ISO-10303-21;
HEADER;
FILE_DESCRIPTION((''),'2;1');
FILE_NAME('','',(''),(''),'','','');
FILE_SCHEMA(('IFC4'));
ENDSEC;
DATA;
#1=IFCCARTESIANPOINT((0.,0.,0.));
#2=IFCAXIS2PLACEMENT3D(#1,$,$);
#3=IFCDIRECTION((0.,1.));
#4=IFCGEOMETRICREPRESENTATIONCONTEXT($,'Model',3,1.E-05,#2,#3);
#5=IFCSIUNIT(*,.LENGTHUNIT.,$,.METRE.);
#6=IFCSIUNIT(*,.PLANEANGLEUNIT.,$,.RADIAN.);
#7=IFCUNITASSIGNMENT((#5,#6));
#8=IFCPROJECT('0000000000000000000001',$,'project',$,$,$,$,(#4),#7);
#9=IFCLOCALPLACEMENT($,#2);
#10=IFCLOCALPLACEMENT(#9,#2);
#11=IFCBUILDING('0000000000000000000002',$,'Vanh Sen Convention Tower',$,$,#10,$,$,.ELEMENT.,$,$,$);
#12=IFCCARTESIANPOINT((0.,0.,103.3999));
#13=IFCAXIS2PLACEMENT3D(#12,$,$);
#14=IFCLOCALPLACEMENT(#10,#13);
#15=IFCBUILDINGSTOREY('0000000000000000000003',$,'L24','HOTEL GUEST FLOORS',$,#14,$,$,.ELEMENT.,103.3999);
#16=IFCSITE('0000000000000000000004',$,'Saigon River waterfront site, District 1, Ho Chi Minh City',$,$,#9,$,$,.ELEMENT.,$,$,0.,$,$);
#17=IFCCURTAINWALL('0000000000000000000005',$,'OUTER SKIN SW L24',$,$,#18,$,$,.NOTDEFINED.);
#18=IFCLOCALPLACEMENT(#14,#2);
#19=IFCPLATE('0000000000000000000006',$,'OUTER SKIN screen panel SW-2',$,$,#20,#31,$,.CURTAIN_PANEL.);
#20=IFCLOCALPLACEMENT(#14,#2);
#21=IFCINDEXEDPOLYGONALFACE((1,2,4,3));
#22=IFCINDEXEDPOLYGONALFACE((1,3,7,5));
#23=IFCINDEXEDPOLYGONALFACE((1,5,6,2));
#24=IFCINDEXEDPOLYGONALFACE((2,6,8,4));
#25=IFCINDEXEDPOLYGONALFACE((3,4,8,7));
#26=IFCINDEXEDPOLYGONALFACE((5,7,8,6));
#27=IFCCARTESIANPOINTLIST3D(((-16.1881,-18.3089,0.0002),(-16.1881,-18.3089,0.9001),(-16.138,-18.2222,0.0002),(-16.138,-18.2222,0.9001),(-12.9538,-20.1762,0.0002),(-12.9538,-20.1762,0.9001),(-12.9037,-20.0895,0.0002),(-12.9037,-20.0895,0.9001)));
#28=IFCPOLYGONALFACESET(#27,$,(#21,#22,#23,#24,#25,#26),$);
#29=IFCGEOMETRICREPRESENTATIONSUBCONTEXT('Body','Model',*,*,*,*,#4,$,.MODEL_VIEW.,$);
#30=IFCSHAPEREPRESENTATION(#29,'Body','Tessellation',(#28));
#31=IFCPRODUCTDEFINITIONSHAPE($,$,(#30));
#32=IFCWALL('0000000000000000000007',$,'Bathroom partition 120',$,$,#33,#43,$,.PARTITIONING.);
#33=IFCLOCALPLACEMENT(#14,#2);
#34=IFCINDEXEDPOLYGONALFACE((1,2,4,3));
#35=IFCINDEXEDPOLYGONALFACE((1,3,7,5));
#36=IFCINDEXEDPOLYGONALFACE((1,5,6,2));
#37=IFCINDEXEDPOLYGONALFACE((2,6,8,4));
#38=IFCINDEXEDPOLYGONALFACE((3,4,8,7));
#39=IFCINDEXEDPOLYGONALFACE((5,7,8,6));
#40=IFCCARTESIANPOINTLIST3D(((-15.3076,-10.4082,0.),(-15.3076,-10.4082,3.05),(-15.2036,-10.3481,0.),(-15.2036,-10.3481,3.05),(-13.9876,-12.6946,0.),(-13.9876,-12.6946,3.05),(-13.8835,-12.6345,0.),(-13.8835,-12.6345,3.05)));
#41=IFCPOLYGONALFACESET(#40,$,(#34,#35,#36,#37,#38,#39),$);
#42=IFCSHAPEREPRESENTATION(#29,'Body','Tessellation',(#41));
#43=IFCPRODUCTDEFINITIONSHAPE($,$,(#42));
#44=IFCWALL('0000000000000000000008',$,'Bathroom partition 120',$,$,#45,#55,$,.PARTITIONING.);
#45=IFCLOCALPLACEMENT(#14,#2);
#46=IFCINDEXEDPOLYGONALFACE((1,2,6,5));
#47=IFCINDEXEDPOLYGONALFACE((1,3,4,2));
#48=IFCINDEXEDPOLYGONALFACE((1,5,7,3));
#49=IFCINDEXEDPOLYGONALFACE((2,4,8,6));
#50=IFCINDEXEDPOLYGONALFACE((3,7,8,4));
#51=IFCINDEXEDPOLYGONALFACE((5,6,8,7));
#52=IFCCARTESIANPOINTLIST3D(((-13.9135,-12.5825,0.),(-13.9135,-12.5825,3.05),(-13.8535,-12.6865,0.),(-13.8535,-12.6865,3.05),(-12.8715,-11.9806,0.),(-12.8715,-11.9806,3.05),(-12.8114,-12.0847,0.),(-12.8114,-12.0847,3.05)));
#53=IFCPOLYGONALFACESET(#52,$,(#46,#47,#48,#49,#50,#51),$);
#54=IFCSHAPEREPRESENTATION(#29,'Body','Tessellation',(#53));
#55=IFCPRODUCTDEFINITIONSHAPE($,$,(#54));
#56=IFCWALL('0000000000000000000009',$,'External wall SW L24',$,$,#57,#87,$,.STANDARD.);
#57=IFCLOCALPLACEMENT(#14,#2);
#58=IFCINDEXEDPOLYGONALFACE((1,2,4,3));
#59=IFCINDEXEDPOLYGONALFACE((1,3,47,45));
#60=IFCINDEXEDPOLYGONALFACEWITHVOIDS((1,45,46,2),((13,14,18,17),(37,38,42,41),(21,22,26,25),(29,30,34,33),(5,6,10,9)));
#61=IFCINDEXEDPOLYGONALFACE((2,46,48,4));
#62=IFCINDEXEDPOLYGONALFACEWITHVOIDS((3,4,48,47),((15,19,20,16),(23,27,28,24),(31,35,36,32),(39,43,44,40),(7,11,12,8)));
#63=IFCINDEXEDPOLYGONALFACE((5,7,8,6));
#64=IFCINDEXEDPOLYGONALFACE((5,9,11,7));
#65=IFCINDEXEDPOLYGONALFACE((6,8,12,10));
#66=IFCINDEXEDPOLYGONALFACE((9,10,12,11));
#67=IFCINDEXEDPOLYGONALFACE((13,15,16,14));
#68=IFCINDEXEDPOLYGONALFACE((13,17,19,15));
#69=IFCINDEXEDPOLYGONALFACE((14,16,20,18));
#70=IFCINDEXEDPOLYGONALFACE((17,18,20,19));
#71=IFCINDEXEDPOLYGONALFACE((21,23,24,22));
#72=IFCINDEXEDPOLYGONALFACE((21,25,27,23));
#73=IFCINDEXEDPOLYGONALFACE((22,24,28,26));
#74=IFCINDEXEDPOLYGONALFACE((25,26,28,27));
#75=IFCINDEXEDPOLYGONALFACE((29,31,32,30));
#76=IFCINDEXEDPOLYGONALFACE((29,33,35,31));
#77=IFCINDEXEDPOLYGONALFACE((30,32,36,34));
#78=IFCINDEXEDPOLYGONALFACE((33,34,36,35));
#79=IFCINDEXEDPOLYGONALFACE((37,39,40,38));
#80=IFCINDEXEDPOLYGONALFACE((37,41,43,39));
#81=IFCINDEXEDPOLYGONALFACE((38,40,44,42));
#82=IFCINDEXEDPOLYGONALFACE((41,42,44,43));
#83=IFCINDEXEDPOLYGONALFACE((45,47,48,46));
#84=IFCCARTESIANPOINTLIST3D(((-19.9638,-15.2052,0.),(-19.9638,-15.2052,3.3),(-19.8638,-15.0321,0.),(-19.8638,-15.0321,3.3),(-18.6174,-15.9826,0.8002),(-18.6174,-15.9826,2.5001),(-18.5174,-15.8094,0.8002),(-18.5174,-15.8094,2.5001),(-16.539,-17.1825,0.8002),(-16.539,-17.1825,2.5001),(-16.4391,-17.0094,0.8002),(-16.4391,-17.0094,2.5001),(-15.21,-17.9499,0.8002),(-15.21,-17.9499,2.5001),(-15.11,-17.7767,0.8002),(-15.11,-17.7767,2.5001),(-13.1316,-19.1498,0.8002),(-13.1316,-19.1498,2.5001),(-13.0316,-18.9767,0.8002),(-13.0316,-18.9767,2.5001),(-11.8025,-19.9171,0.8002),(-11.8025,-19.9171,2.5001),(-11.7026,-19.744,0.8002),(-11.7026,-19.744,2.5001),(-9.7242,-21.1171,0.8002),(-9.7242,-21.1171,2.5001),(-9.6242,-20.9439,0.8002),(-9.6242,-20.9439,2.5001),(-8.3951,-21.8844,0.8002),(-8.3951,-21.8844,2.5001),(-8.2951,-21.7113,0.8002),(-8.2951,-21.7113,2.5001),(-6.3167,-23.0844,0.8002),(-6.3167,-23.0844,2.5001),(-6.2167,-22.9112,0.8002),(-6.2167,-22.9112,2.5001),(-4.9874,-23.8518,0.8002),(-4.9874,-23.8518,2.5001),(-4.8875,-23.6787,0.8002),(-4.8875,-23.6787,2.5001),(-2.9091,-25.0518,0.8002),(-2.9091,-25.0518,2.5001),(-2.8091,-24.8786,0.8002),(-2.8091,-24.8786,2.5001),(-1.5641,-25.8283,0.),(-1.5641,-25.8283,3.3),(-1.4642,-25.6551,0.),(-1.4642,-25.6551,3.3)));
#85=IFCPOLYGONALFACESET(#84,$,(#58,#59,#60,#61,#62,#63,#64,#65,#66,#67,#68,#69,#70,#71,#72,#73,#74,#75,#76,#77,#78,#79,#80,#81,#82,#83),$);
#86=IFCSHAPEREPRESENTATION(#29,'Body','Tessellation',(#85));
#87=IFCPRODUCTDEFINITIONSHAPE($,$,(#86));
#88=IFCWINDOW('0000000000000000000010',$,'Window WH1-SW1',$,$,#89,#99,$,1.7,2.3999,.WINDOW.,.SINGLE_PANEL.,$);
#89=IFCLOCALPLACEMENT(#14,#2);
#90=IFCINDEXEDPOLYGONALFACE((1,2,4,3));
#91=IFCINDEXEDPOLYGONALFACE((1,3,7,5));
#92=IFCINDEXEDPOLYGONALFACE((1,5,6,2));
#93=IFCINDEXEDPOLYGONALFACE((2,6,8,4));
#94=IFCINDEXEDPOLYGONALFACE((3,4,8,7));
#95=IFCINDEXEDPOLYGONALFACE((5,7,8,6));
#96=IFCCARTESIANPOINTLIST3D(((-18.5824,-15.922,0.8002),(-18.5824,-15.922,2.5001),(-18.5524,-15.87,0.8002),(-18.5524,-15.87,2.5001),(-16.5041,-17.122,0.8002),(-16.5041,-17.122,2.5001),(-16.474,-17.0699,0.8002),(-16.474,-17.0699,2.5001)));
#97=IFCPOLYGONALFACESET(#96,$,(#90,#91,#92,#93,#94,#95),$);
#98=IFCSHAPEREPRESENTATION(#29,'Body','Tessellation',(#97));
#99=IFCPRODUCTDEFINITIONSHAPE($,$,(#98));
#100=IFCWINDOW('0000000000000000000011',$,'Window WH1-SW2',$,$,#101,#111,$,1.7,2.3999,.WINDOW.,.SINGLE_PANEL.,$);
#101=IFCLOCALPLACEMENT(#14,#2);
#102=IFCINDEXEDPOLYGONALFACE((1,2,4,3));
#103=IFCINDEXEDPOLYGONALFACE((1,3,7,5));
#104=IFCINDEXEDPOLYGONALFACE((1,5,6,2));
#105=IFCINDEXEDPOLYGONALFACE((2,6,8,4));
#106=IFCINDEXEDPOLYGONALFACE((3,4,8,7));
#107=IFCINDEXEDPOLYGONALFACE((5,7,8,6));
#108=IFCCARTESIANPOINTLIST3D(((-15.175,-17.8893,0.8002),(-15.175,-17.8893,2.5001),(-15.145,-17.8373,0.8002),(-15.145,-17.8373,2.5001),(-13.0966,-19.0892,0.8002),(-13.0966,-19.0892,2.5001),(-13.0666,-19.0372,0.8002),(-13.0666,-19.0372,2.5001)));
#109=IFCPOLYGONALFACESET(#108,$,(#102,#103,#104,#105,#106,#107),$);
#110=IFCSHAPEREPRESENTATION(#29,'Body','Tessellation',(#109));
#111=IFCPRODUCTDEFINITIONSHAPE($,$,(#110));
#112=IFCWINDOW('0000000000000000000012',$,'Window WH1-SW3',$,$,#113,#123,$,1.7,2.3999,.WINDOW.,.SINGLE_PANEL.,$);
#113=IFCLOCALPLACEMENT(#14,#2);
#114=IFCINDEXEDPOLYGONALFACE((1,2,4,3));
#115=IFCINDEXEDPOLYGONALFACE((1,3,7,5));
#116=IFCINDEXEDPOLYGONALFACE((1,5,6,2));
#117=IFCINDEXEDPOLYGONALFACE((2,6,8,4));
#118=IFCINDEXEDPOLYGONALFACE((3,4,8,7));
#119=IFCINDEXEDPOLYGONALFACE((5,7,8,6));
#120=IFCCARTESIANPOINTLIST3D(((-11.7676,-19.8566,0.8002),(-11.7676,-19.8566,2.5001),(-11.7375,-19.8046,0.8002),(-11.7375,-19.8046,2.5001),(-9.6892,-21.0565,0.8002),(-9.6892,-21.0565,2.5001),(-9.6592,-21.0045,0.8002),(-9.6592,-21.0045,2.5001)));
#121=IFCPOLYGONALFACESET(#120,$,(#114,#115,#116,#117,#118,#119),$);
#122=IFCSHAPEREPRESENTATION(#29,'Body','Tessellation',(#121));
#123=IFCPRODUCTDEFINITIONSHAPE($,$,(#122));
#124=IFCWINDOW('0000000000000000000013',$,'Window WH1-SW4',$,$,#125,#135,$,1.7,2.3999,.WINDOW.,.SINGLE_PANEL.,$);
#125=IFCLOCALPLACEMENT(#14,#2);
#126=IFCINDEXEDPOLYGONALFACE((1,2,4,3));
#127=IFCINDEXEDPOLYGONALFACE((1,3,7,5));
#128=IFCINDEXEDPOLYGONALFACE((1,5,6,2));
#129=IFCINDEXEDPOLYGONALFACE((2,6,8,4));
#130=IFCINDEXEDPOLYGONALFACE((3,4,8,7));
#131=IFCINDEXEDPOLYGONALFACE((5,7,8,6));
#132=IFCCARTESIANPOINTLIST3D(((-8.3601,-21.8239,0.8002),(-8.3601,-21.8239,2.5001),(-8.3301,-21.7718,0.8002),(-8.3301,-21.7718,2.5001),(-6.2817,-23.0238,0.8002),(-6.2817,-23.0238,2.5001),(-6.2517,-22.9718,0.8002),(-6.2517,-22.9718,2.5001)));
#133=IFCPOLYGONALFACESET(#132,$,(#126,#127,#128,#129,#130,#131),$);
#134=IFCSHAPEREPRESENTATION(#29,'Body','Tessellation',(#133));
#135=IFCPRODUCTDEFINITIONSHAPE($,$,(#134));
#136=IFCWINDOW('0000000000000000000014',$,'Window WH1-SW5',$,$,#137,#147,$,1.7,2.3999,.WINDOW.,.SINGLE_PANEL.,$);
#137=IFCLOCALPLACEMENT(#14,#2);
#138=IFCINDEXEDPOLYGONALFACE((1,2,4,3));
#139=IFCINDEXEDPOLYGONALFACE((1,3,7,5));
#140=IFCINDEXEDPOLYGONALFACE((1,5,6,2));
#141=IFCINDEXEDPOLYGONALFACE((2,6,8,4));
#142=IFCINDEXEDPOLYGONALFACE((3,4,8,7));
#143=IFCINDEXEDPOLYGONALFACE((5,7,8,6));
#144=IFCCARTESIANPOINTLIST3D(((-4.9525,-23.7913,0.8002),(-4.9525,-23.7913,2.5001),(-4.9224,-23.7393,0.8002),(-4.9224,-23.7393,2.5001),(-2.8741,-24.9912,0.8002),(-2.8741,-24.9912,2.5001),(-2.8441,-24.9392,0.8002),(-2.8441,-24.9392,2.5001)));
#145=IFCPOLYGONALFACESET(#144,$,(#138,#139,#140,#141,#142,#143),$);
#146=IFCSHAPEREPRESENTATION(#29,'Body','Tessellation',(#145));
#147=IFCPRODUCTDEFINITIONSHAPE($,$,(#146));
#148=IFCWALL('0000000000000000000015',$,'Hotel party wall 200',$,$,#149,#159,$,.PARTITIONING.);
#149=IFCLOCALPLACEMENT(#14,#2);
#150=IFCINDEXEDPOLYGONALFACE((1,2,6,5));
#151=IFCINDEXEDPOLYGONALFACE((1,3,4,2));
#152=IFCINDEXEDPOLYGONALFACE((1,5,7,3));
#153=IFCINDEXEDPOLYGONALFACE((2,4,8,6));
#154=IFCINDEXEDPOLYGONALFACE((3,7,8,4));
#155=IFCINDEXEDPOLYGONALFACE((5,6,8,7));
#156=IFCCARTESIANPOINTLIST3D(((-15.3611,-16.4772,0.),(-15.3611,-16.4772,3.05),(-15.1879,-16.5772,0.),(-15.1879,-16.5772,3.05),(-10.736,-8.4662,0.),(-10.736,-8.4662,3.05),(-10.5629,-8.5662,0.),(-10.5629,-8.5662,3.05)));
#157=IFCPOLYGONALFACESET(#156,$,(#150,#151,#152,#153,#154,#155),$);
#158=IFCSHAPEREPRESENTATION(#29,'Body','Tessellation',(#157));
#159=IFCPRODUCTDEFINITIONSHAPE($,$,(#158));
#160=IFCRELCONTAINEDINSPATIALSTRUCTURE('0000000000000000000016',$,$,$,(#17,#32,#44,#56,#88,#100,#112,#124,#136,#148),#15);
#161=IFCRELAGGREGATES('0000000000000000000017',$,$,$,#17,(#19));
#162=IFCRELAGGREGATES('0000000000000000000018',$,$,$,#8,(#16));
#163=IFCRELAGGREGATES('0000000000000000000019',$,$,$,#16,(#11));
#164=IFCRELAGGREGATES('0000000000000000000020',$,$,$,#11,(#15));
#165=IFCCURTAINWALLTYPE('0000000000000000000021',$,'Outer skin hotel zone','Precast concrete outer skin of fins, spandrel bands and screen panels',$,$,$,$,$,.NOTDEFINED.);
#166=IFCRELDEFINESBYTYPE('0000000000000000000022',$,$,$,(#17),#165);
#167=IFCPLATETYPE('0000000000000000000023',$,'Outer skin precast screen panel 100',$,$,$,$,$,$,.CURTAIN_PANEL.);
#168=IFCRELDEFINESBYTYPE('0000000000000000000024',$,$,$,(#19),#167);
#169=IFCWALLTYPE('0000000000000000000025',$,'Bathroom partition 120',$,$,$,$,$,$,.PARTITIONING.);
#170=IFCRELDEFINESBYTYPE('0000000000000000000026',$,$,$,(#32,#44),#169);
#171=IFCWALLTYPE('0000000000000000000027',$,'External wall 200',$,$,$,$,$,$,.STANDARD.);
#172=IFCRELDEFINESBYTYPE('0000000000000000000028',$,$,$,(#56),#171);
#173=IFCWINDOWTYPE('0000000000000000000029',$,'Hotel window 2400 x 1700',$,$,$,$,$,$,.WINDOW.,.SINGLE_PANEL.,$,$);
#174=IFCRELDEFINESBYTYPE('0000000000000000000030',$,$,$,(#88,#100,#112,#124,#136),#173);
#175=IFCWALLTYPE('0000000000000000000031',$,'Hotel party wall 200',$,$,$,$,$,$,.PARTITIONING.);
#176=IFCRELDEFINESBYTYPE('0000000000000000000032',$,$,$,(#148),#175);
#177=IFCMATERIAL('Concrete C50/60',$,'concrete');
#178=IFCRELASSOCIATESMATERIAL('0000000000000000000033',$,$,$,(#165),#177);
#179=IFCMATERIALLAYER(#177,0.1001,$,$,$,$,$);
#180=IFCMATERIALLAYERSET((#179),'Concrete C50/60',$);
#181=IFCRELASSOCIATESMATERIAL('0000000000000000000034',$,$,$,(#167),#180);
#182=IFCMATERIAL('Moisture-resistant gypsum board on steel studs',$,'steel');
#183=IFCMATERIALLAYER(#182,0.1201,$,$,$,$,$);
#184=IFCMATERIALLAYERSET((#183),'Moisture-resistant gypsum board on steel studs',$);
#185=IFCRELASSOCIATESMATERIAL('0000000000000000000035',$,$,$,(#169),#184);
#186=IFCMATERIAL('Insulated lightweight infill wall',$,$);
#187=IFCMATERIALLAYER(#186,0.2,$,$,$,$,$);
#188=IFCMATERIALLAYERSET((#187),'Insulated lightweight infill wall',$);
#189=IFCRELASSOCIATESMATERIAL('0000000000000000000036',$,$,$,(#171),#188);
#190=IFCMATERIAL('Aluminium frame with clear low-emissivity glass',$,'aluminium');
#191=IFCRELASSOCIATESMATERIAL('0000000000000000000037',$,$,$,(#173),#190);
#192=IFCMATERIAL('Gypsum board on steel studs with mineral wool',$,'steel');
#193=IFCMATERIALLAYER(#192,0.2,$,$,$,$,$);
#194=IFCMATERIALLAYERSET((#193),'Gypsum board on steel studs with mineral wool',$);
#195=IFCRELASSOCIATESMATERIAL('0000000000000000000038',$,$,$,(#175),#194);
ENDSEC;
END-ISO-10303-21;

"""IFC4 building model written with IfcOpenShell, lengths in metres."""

from ifc_helpers import new_model, si_unit, direction, frame, frame_2d, origin, origin_2d, place, context, subcontext, project, spatial, rectangle, extrude, material, layer, layer_set, type_object, element, fill, aggregate, save


model = new_model("IFC4")

# Units and contexts
model_context = context("Model", 3, precision=1e-05, world=origin(), true_north=direction((0.0, 1.0)))
body_context = subcontext(model_context, "Body", "Model", "MODEL_VIEW")
ifc_project = project(units=[si_unit("LENGTHUNIT", "METRE"), si_unit("PLANEANGLEUNIT", "RADIAN")], contexts=[model_context])

# Site, building, storey
site_placement = place(None, origin())
site = spatial("IfcSite", under=ifc_project, at=site_placement, Name="Saigon River waterfront site, District 1, Ho Chi Minh City", CompositionType="ELEMENT", RefElevation=0.0)
building_placement = place(site_placement, origin())
building = spatial("IfcBuilding", under=site, at=building_placement, Name="Vanh Sen Convention Tower", CompositionType="ELEMENT")
storey_placement = place(building_placement, frame((0.0, 0.0, 103.3999)))
storey = spatial("IfcBuildingStorey", under=building, at=storey_placement, Name="L24", Description="HOTEL GUEST FLOORS", CompositionType="ELEMENT", Elevation=103.3999)

# Curtain wall
ifc_material_1 = material(Name="Concrete C50/60", Category="concrete")
curtain_wall_type = type_object("IfcCurtainWallType", Name="Outer skin hotel zone", Description="Precast concrete outer skin of fins, spandrel bands and screen panels", PredefinedType="NOTDEFINED", material=ifc_material_1)
curtain_wall_1_placement = place(storey_placement, origin())
curtain_wall_1 = element("IfcCurtainWall", 1, at=curtain_wall_1_placement, inside=storey, type_object=curtain_wall_type, Name="OUTER SKIN SW L24", PredefinedType="NOTDEFINED")

# Shared definitions
ifc_layer_1 = layer(ifc_material_1, 0.1001)
ifc_layer_set_1 = layer_set([ifc_layer_1], Name="Concrete C50/60")
plate_type = type_object("IfcPlateType", Name="Outer skin precast screen panel 100", PredefinedType="CURTAIN_PANEL", material=ifc_layer_set_1)

# Plate
plate_1_placement = place(storey_placement, frame((-14.5459, -19.1992, 0.0002), z_axis=(0.0, 0.0, 1.0), x_axis=(0.866032, -0.499988, 0.0)))
plate_1 = element("IfcPlate", 2, at=plate_1_placement, type_object=plate_type, Name="OUTER SKIN screen panel SW-2", PredefinedType="CURTAIN_PANEL", context=body_context, shape_type="SweptSolid", body=[
    extrude(rectangle(XDim=3.7346, YDim=0.1001, at=origin_2d()), origin(), (0.0, 0.0, 1.0), 0.8999),
])
aggregate(curtain_wall_1, [plate_1])

# Walls
ifc_material_2 = material(Name="Moisture-resistant gypsum board on steel studs", Category="steel")
ifc_layer_2 = layer(ifc_material_2, 0.1201)
ifc_layer_set_2 = layer_set([ifc_layer_2], Name="Moisture-resistant gypsum board on steel studs")
wall_type_1 = type_object("IfcWallType", Name="Bathroom partition 120", PredefinedType="PARTITIONING", material=ifc_layer_set_2)
wall_1_placement = place(storey_placement, frame((-13.9355, -12.6646, 0.0), z_axis=(0.0, 0.0, 1.0), x_axis=(-0.500008, 0.866021, 0.0)))
element("IfcWall", 3, at=wall_1_placement, inside=storey, type_object=wall_type_1, Name="Bathroom partition 120", PredefinedType="PARTITIONING", context=body_context, shape_type="SweptSolid", body=[
    extrude(rectangle(XDim=2.6401, YDim=0.1201, at=frame_2d((1.3201, 0.0))), origin(), (0.0, 0.0, 1.0), 3.05),
])
wall_2_placement = place(storey_placement, frame((-12.8416, -12.0327, 0.0), z_axis=(0.0, 0.0, 1.0), x_axis=(-0.865949, -0.500132, 0.0)))
element("IfcWall", 4, at=wall_2_placement, inside=storey, type_object=wall_type_1, Name="Bathroom partition 120", PredefinedType="PARTITIONING", context=body_context, shape_type="SweptSolid", body=[
    extrude(rectangle(XDim=1.2034, YDim=0.1201, at=frame_2d((0.6016, 0.0))), origin(), (0.0, 0.0, 1.0), 3.05),
])

# Wall, openings, windows
ifc_material_3 = material(Name="Insulated lightweight infill wall")
ifc_layer_3 = layer(ifc_material_3, 0.2)
ifc_layer_set_3 = layer_set([ifc_layer_3], Name="Insulated lightweight infill wall")
wall_type_2 = type_object("IfcWallType", Name="External wall 200", PredefinedType="STANDARD", material=ifc_layer_set_3)
wall_3_placement = place(storey_placement, frame((-19.9138, -15.1187, 0.0), z_axis=(0.0, 0.0, 1.0), x_axis=(0.866025, -0.5, 0.0)))
wall_3 = element("IfcWall", 5, at=wall_3_placement, inside=storey, type_object=wall_type_2, Name="External wall SW L24", PredefinedType="STANDARD", context=body_context, shape_type="SweptSolid", body=[
    extrude(rectangle(XDim=21.2461, YDim=0.2, at=frame_2d((10.623, 0.0))), origin(), (0.0, 0.0, 1.0), 3.3),
])
opening_1_placement = place(wall_3_placement, frame((1.5547, 0.0, 0.8)))
opening_1 = element("IfcOpeningElement", 6, at=opening_1_placement, cuts=wall_3, PredefinedType="OPENING", context=body_context, shape_type="SweptSolid", body=[
    extrude(rectangle(XDim=2.3999, YDim=1.7, at=frame_2d((1.2, 0.8501))), frame((0.0, 0.1099, 0.0), z_axis=(0.0, -1.0, 0.0), x_axis=(1.0, 0.0, 0.0)), (0.0, 0.0, 1.0), 0.22),
])
opening_2_placement = place(wall_3_placement, frame((5.4893, 0.0, 0.8)))
opening_2 = element("IfcOpeningElement", 7, at=opening_2_placement, cuts=wall_3, PredefinedType="OPENING", context=body_context, shape_type="SweptSolid", body=[
    extrude(rectangle(XDim=2.3999, YDim=1.7, at=frame_2d((1.2, 0.8501))), frame((0.0, 0.1099, 0.0), z_axis=(0.0, -1.0, 0.0), x_axis=(1.0, 0.0, 0.0)), (0.0, 0.0, 1.0), 0.22),
])
opening_3_placement = place(wall_3_placement, frame((9.4238, 0.0, 0.8)))
opening_3 = element("IfcOpeningElement", 8, at=opening_3_placement, cuts=wall_3, PredefinedType="OPENING", context=body_context, shape_type="SweptSolid", body=[
    extrude(rectangle(XDim=2.3999, YDim=1.7, at=frame_2d((1.2, 0.8501))), frame((0.0, 0.1099, 0.0), z_axis=(0.0, -1.0, 0.0), x_axis=(1.0, 0.0, 0.0)), (0.0, 0.0, 1.0), 0.22),
])
opening_4_placement = place(wall_3_placement, frame((13.3584, 0.0, 0.8)))
opening_4 = element("IfcOpeningElement", 9, at=opening_4_placement, cuts=wall_3, PredefinedType="OPENING", context=body_context, shape_type="SweptSolid", body=[
    extrude(rectangle(XDim=2.3999, YDim=1.7, at=frame_2d((1.2, 0.8501))), frame((0.0, 0.1099, 0.0), z_axis=(0.0, -1.0, 0.0), x_axis=(1.0, 0.0, 0.0)), (0.0, 0.0, 1.0), 0.22),
])
opening_5_placement = place(wall_3_placement, frame((17.2932, 0.0, 0.8)))
opening_5 = element("IfcOpeningElement", 10, at=opening_5_placement, cuts=wall_3, PredefinedType="OPENING", context=body_context, shape_type="SweptSolid", body=[
    extrude(rectangle(XDim=2.3999, YDim=1.7, at=frame_2d((1.2, 0.8501))), frame((0.0, 0.1099, 0.0), z_axis=(0.0, -1.0, 0.0), x_axis=(1.0, 0.0, 0.0)), (0.0, 0.0, 1.0), 0.22),
])
ifc_material_4 = material(Name="Aluminium frame with clear low-emissivity glass", Category="aluminium")
window_type = type_object("IfcWindowType", Name="Hotel window 2400 x 1700", PartitioningType="SINGLE_PANEL", PredefinedType="WINDOW", material=ifc_material_4)
window_1_placement = place(opening_1_placement, origin())
window_1 = element("IfcWindow", 11, at=window_1_placement, inside=storey, type_object=window_type, Name="Window WH1-SW1", OverallHeight=1.7, OverallWidth=2.3999, PartitioningType="SINGLE_PANEL", PredefinedType="WINDOW", context=body_context, shape_type="SweptSolid", body=[
    extrude(rectangle(XDim=2.3999, YDim=1.7, at=frame_2d((1.2, 0.8501))), frame((0.0, 0.03, 0.0), z_axis=(0.0, -1.0, 0.0), x_axis=(1.0, 0.0, 0.0)), (0.0, 0.0, 1.0), 0.0601),
])
fill(opening_1, window_1)
window_2_placement = place(opening_2_placement, origin())
window_2 = element("IfcWindow", 12, at=window_2_placement, inside=storey, type_object=window_type, Name="Window WH1-SW2", OverallHeight=1.7, OverallWidth=2.3999, PartitioningType="SINGLE_PANEL", PredefinedType="WINDOW", context=body_context, shape_type="SweptSolid", body=[
    extrude(rectangle(XDim=2.3999, YDim=1.7, at=frame_2d((1.2, 0.8501))), frame((0.0, 0.03, 0.0), z_axis=(0.0, -1.0, 0.0), x_axis=(1.0, 0.0, 0.0)), (0.0, 0.0, 1.0), 0.0601),
])
fill(opening_2, window_2)
window_3_placement = place(opening_3_placement, origin())
window_3 = element("IfcWindow", 13, at=window_3_placement, inside=storey, type_object=window_type, Name="Window WH1-SW3", OverallHeight=1.7, OverallWidth=2.3999, PartitioningType="SINGLE_PANEL", PredefinedType="WINDOW", context=body_context, shape_type="SweptSolid", body=[
    extrude(rectangle(XDim=2.3999, YDim=1.7, at=frame_2d((1.2, 0.8501))), frame((0.0, 0.03, 0.0), z_axis=(0.0, -1.0, 0.0), x_axis=(1.0, 0.0, 0.0)), (0.0, 0.0, 1.0), 0.0601),
])
fill(opening_3, window_3)
window_4_placement = place(opening_4_placement, origin())
window_4 = element("IfcWindow", 14, at=window_4_placement, inside=storey, type_object=window_type, Name="Window WH1-SW4", OverallHeight=1.7, OverallWidth=2.3999, PartitioningType="SINGLE_PANEL", PredefinedType="WINDOW", context=body_context, shape_type="SweptSolid", body=[
    extrude(rectangle(XDim=2.3999, YDim=1.7, at=frame_2d((1.2, 0.8501))), frame((0.0, 0.03, 0.0), z_axis=(0.0, -1.0, 0.0), x_axis=(1.0, 0.0, 0.0)), (0.0, 0.0, 1.0), 0.0601),
])
fill(opening_4, window_4)
window_5_placement = place(opening_5_placement, origin())
window_5 = element("IfcWindow", 15, at=window_5_placement, inside=storey, type_object=window_type, Name="Window WH1-SW5", OverallHeight=1.7, OverallWidth=2.3999, PartitioningType="SINGLE_PANEL", PredefinedType="WINDOW", context=body_context, shape_type="SweptSolid", body=[
    extrude(rectangle(XDim=2.3999, YDim=1.7, at=frame_2d((1.2, 0.8501))), frame((0.0, 0.03, 0.0), z_axis=(0.0, -1.0, 0.0), x_axis=(1.0, 0.0, 0.0)), (0.0, 0.0, 1.0), 0.0601),
])
fill(opening_5, window_5)

# Wall
ifc_material_5 = material(Name="Gypsum board on steel studs with mineral wool", Category="steel")
ifc_layer_4 = layer(ifc_material_5, 0.2)
ifc_layer_set_4 = layer_set([ifc_layer_4], Name="Gypsum board on steel studs with mineral wool")
wall_type_3 = type_object("IfcWallType", Name="Hotel party wall 200", PredefinedType="PARTITIONING", material=ifc_layer_set_4)
wall_4_placement = place(storey_placement, frame((-15.2744, -16.5271, 0.0), z_axis=(0.0, 0.0, 1.0), x_axis=(0.499988, 0.866032, 0.0)))
element("IfcWall", 16, at=wall_4_placement, inside=storey, type_object=wall_type_3, Name="Hotel party wall 200", PredefinedType="PARTITIONING", context=body_context, shape_type="SweptSolid", body=[
    extrude(rectangle(XDim=9.2502, YDim=0.2, at=frame_2d((4.625, 0.0))), origin(), (0.0, 0.0, 1.0), 3.05),
])

save(model, "model.ifc")
